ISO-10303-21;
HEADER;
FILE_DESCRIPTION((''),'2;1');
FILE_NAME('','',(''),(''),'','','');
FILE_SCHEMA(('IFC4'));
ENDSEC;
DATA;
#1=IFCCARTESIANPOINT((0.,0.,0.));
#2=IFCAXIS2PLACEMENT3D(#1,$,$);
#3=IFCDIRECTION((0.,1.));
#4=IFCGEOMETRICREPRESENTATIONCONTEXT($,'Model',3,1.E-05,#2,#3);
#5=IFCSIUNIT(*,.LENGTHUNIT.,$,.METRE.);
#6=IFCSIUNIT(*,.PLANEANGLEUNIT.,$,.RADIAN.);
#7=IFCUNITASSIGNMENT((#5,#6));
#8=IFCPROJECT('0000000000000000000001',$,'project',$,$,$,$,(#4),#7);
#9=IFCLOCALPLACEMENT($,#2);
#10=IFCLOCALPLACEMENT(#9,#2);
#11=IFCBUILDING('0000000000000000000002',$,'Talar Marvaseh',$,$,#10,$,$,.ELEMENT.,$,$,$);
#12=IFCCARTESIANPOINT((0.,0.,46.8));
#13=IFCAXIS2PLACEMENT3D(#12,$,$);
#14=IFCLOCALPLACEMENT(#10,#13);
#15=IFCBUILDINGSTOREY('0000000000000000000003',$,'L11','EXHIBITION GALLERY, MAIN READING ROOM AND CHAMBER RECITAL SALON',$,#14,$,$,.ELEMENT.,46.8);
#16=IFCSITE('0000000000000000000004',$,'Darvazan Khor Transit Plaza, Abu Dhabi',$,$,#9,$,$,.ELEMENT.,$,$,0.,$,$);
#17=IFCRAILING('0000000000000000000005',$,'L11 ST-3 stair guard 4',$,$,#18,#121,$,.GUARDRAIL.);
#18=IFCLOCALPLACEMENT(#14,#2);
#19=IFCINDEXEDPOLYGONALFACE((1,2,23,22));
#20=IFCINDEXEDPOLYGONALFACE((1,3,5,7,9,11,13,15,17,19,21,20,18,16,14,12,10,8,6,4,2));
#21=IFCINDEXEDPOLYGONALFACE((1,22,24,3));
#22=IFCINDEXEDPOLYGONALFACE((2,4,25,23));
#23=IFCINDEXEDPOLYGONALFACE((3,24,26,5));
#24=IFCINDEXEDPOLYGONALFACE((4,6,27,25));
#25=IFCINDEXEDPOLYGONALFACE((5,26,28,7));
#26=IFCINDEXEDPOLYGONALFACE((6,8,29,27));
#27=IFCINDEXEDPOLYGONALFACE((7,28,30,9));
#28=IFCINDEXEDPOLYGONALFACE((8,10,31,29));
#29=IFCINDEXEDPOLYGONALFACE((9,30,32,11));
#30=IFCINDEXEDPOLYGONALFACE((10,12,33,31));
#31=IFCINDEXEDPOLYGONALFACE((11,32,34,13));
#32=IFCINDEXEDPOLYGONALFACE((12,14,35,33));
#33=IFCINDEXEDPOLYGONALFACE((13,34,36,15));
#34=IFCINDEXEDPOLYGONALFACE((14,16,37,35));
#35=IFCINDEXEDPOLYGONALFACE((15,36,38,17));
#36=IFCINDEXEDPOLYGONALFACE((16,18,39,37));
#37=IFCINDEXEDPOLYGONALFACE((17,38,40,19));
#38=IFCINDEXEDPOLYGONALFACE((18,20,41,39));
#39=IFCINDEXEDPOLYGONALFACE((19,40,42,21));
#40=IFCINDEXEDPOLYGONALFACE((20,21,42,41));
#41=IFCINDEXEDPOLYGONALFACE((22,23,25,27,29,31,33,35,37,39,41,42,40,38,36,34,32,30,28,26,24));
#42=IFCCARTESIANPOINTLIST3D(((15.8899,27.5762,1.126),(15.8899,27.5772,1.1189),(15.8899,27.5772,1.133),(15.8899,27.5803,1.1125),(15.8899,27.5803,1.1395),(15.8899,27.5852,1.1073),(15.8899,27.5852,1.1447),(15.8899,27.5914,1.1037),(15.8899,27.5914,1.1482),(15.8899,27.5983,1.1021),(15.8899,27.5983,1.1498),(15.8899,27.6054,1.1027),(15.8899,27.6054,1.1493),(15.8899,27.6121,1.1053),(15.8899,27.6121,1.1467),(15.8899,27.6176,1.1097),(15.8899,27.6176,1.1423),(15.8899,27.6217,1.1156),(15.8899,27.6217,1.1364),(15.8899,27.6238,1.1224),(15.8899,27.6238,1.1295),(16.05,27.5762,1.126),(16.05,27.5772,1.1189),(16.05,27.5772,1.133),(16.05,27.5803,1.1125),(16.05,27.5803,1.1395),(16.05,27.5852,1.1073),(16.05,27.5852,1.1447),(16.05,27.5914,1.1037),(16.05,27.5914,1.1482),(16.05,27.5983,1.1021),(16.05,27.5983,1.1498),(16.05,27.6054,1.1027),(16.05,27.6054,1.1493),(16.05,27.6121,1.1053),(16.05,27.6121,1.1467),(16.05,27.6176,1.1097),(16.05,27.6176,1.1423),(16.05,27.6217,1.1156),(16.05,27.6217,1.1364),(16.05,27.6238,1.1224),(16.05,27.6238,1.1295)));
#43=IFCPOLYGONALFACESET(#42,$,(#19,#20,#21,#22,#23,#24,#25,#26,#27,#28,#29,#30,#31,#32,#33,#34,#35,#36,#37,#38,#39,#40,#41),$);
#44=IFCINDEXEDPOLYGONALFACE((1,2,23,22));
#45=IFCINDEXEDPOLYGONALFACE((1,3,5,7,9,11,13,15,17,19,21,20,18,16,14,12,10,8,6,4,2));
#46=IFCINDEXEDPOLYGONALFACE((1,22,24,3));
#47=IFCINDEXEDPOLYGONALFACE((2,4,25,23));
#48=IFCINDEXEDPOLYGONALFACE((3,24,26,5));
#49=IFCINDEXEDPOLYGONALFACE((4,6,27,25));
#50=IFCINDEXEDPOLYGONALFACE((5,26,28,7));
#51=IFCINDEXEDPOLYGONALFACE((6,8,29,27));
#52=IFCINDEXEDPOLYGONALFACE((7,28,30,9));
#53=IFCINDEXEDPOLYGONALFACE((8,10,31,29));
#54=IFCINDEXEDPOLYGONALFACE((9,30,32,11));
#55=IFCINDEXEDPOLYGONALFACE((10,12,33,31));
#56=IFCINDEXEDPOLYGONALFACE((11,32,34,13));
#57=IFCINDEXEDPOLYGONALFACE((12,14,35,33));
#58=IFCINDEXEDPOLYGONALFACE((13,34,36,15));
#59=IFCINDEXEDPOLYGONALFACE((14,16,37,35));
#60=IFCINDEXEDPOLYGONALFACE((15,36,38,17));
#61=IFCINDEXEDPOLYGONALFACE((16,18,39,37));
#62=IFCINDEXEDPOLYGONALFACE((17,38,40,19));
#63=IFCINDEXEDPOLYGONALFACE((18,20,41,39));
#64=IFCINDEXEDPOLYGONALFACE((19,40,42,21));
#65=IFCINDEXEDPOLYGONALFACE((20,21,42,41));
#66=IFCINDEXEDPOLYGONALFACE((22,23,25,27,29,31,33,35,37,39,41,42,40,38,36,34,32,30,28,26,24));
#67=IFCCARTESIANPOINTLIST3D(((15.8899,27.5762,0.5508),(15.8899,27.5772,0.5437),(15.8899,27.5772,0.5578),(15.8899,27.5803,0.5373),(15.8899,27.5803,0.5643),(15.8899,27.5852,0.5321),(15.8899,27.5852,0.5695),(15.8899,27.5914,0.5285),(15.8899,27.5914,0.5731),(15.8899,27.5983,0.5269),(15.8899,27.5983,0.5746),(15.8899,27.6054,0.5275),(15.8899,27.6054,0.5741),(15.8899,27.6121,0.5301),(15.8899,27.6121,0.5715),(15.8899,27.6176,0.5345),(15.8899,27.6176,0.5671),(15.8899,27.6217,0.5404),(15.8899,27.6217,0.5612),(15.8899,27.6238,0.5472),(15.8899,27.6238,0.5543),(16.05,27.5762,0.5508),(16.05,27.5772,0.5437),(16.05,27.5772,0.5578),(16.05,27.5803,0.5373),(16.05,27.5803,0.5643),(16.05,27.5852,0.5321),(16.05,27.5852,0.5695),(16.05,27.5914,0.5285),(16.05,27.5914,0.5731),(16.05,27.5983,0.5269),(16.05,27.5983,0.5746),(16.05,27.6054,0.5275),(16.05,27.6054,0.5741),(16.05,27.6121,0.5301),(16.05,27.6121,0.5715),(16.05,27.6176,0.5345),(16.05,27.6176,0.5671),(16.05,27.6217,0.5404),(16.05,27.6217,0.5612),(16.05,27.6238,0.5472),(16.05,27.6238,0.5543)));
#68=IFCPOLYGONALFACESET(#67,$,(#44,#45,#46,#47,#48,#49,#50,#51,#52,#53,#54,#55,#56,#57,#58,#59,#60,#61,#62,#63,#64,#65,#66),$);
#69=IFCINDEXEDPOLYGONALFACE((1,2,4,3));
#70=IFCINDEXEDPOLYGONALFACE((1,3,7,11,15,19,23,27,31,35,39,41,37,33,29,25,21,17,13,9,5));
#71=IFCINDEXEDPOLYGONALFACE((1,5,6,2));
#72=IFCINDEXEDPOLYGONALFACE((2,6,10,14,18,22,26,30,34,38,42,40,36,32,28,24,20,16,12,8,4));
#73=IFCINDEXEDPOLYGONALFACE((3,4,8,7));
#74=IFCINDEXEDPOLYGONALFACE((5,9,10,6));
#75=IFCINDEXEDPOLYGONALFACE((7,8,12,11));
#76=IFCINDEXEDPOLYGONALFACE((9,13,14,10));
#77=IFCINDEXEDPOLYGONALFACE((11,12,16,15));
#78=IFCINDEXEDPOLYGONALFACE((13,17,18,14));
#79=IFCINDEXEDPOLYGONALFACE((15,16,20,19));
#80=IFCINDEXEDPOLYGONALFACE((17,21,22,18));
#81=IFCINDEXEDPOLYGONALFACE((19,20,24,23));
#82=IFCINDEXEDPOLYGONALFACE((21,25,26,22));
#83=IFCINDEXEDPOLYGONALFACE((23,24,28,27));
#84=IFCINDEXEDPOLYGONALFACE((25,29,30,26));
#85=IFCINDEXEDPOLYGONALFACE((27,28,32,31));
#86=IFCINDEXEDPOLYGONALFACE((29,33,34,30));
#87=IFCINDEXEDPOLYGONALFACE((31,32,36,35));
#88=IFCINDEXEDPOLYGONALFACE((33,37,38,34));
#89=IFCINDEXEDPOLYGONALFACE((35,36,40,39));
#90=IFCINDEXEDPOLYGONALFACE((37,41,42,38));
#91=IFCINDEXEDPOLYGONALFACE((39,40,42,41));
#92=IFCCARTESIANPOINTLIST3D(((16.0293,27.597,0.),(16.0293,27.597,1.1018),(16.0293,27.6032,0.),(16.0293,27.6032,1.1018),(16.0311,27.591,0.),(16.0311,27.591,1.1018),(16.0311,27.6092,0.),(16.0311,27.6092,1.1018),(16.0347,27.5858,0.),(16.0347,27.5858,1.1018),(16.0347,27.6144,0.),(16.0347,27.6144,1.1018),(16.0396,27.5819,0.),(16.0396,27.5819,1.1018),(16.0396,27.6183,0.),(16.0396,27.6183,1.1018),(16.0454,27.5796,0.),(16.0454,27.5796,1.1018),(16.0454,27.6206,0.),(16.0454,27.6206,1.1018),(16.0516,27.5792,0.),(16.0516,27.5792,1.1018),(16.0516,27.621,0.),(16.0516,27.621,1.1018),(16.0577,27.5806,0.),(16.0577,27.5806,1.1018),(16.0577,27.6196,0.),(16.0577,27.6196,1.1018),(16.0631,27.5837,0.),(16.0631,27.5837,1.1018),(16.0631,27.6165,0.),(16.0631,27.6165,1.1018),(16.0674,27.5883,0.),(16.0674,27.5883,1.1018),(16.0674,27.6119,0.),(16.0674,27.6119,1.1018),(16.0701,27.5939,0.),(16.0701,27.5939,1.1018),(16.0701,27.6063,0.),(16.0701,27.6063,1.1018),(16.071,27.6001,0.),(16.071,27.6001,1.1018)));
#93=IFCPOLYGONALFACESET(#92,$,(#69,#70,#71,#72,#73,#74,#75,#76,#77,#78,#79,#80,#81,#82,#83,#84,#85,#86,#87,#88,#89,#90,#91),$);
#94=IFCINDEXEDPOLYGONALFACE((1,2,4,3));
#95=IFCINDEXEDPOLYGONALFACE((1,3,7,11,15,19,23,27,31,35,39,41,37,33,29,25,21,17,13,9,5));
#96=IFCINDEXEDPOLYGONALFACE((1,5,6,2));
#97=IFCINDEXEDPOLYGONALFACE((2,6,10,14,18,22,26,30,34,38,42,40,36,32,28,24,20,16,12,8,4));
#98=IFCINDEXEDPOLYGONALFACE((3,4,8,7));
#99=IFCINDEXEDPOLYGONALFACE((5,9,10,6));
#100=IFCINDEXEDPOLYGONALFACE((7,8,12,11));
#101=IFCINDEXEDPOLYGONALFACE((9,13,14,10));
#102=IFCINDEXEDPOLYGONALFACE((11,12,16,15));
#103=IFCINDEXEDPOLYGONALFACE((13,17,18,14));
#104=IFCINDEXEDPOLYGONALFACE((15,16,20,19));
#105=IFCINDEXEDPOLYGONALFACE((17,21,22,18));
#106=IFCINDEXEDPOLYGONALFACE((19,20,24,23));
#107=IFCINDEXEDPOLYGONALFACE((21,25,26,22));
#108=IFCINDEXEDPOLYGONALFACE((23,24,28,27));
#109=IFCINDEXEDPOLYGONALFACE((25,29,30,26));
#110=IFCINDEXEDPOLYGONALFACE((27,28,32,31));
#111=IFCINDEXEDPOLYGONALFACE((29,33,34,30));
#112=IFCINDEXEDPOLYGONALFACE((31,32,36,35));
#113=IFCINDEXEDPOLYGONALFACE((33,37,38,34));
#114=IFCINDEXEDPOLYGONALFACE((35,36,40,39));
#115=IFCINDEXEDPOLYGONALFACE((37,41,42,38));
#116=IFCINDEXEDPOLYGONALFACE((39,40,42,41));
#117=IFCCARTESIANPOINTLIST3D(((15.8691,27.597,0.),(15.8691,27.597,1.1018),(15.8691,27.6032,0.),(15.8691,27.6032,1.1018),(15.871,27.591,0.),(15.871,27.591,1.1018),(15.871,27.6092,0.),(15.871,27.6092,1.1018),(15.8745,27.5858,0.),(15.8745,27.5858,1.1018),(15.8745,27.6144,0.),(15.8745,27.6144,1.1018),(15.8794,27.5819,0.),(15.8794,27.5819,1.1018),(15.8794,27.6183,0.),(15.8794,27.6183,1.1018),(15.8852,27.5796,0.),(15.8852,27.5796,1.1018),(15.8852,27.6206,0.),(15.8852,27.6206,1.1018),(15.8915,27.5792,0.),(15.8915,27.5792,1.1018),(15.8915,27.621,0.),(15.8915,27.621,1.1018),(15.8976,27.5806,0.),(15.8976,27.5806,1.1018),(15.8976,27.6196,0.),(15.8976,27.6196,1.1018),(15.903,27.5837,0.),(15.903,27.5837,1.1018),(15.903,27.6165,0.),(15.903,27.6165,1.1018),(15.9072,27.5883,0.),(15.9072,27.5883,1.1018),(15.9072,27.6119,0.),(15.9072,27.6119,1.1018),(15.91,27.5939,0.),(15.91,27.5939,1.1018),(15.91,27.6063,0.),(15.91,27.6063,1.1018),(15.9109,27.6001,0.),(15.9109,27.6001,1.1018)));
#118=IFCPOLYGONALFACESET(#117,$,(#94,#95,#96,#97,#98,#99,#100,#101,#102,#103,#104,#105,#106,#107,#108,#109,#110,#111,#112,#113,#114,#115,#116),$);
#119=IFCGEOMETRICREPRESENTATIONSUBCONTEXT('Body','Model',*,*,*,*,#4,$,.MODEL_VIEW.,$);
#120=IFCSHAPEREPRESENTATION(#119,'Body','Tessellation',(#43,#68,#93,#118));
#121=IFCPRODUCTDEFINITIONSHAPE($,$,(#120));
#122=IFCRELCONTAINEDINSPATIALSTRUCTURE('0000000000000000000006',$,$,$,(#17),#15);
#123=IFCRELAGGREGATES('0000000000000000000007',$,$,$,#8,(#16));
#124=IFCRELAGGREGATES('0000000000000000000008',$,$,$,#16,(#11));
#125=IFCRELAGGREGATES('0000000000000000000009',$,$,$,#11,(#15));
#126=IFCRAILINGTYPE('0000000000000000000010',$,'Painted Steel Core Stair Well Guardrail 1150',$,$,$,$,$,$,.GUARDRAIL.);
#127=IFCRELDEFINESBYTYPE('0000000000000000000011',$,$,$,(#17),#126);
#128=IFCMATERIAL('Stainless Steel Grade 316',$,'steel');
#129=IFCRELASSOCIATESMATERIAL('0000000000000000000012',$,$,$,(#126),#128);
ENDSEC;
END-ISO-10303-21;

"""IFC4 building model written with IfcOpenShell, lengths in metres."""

from ifc_helpers import new_model, si_unit, direction, frame, origin, origin_2d, place, context, subcontext, project, spatial, circle, extrude, material, type_object, element, save


model = new_model("IFC4")

# Units and contexts
model_context = context("Model", 3, precision=1e-05, world=origin(), true_north=direction((0.0, 1.0)))
body_context = subcontext(model_context, "Body", "Model", "MODEL_VIEW")
ifc_project = project(units=[si_unit("LENGTHUNIT", "METRE"), si_unit("PLANEANGLEUNIT", "RADIAN")], contexts=[model_context])

# Site, building, storey
site_placement = place(None, origin())
site = spatial("IfcSite", under=ifc_project, at=site_placement, Name="Darvazan Khor Transit Plaza, Abu Dhabi", CompositionType="ELEMENT", RefElevation=0.0)
building_placement = place(site_placement, origin())
building = spatial("IfcBuilding", under=site, at=building_placement, Name="Talar Marvaseh", CompositionType="ELEMENT")
storey_placement = place(building_placement, frame((0.0, 0.0, 46.8)))
storey = spatial("IfcBuildingStorey", under=building, at=storey_placement, Name="L11", Description="EXHIBITION GALLERY, MAIN READING ROOM AND CHAMBER RECITAL SALON", CompositionType="ELEMENT", Elevation=46.8)

# Railing
ifc_material_1 = material(Name="Stainless Steel Grade 316", Category="steel")
railing_type_1 = type_object("IfcRailingType", Name="Painted Steel Core Stair Well Guardrail 1150", PredefinedType="GUARDRAIL", material=ifc_material_1)
railing_1_placement = place(storey_placement, frame((16.05, 27.6001, 0.0)))
element("IfcRailing", 1, at=railing_1_placement, inside=storey, type_object=railing_type_1, Name="L11 ST-3 stair guard 4", PredefinedType="GUARDRAIL", context=body_context, shape_type="SweptSolid", body=[
    extrude(circle(Radius=0.0239, at=origin_2d()), frame((0.0, 0.0, 1.126), z_axis=(-1.0, 0.0, 0.0), x_axis=(0.0, -1.0, 0.0)), (0.0, 0.0, 1.0), 0.1602),
    extrude(circle(Radius=0.0239, at=origin_2d()), frame((0.0, 0.0, 0.5508), z_axis=(-1.0, 0.0, 0.0), x_axis=(0.0, -1.0, 0.0)), (0.0, 0.0, 1.0), 0.1602),
    extrude(circle(Radius=0.021, at=origin_2d()), origin(), (0.0, 0.0, 1.0), 1.1018),
    extrude(circle(Radius=0.021, at=origin_2d()), frame((-0.1602, 0.0, 0.0)), (0.0, 0.0, 1.0), 1.1018),
])

save(model, "model.ifc")
